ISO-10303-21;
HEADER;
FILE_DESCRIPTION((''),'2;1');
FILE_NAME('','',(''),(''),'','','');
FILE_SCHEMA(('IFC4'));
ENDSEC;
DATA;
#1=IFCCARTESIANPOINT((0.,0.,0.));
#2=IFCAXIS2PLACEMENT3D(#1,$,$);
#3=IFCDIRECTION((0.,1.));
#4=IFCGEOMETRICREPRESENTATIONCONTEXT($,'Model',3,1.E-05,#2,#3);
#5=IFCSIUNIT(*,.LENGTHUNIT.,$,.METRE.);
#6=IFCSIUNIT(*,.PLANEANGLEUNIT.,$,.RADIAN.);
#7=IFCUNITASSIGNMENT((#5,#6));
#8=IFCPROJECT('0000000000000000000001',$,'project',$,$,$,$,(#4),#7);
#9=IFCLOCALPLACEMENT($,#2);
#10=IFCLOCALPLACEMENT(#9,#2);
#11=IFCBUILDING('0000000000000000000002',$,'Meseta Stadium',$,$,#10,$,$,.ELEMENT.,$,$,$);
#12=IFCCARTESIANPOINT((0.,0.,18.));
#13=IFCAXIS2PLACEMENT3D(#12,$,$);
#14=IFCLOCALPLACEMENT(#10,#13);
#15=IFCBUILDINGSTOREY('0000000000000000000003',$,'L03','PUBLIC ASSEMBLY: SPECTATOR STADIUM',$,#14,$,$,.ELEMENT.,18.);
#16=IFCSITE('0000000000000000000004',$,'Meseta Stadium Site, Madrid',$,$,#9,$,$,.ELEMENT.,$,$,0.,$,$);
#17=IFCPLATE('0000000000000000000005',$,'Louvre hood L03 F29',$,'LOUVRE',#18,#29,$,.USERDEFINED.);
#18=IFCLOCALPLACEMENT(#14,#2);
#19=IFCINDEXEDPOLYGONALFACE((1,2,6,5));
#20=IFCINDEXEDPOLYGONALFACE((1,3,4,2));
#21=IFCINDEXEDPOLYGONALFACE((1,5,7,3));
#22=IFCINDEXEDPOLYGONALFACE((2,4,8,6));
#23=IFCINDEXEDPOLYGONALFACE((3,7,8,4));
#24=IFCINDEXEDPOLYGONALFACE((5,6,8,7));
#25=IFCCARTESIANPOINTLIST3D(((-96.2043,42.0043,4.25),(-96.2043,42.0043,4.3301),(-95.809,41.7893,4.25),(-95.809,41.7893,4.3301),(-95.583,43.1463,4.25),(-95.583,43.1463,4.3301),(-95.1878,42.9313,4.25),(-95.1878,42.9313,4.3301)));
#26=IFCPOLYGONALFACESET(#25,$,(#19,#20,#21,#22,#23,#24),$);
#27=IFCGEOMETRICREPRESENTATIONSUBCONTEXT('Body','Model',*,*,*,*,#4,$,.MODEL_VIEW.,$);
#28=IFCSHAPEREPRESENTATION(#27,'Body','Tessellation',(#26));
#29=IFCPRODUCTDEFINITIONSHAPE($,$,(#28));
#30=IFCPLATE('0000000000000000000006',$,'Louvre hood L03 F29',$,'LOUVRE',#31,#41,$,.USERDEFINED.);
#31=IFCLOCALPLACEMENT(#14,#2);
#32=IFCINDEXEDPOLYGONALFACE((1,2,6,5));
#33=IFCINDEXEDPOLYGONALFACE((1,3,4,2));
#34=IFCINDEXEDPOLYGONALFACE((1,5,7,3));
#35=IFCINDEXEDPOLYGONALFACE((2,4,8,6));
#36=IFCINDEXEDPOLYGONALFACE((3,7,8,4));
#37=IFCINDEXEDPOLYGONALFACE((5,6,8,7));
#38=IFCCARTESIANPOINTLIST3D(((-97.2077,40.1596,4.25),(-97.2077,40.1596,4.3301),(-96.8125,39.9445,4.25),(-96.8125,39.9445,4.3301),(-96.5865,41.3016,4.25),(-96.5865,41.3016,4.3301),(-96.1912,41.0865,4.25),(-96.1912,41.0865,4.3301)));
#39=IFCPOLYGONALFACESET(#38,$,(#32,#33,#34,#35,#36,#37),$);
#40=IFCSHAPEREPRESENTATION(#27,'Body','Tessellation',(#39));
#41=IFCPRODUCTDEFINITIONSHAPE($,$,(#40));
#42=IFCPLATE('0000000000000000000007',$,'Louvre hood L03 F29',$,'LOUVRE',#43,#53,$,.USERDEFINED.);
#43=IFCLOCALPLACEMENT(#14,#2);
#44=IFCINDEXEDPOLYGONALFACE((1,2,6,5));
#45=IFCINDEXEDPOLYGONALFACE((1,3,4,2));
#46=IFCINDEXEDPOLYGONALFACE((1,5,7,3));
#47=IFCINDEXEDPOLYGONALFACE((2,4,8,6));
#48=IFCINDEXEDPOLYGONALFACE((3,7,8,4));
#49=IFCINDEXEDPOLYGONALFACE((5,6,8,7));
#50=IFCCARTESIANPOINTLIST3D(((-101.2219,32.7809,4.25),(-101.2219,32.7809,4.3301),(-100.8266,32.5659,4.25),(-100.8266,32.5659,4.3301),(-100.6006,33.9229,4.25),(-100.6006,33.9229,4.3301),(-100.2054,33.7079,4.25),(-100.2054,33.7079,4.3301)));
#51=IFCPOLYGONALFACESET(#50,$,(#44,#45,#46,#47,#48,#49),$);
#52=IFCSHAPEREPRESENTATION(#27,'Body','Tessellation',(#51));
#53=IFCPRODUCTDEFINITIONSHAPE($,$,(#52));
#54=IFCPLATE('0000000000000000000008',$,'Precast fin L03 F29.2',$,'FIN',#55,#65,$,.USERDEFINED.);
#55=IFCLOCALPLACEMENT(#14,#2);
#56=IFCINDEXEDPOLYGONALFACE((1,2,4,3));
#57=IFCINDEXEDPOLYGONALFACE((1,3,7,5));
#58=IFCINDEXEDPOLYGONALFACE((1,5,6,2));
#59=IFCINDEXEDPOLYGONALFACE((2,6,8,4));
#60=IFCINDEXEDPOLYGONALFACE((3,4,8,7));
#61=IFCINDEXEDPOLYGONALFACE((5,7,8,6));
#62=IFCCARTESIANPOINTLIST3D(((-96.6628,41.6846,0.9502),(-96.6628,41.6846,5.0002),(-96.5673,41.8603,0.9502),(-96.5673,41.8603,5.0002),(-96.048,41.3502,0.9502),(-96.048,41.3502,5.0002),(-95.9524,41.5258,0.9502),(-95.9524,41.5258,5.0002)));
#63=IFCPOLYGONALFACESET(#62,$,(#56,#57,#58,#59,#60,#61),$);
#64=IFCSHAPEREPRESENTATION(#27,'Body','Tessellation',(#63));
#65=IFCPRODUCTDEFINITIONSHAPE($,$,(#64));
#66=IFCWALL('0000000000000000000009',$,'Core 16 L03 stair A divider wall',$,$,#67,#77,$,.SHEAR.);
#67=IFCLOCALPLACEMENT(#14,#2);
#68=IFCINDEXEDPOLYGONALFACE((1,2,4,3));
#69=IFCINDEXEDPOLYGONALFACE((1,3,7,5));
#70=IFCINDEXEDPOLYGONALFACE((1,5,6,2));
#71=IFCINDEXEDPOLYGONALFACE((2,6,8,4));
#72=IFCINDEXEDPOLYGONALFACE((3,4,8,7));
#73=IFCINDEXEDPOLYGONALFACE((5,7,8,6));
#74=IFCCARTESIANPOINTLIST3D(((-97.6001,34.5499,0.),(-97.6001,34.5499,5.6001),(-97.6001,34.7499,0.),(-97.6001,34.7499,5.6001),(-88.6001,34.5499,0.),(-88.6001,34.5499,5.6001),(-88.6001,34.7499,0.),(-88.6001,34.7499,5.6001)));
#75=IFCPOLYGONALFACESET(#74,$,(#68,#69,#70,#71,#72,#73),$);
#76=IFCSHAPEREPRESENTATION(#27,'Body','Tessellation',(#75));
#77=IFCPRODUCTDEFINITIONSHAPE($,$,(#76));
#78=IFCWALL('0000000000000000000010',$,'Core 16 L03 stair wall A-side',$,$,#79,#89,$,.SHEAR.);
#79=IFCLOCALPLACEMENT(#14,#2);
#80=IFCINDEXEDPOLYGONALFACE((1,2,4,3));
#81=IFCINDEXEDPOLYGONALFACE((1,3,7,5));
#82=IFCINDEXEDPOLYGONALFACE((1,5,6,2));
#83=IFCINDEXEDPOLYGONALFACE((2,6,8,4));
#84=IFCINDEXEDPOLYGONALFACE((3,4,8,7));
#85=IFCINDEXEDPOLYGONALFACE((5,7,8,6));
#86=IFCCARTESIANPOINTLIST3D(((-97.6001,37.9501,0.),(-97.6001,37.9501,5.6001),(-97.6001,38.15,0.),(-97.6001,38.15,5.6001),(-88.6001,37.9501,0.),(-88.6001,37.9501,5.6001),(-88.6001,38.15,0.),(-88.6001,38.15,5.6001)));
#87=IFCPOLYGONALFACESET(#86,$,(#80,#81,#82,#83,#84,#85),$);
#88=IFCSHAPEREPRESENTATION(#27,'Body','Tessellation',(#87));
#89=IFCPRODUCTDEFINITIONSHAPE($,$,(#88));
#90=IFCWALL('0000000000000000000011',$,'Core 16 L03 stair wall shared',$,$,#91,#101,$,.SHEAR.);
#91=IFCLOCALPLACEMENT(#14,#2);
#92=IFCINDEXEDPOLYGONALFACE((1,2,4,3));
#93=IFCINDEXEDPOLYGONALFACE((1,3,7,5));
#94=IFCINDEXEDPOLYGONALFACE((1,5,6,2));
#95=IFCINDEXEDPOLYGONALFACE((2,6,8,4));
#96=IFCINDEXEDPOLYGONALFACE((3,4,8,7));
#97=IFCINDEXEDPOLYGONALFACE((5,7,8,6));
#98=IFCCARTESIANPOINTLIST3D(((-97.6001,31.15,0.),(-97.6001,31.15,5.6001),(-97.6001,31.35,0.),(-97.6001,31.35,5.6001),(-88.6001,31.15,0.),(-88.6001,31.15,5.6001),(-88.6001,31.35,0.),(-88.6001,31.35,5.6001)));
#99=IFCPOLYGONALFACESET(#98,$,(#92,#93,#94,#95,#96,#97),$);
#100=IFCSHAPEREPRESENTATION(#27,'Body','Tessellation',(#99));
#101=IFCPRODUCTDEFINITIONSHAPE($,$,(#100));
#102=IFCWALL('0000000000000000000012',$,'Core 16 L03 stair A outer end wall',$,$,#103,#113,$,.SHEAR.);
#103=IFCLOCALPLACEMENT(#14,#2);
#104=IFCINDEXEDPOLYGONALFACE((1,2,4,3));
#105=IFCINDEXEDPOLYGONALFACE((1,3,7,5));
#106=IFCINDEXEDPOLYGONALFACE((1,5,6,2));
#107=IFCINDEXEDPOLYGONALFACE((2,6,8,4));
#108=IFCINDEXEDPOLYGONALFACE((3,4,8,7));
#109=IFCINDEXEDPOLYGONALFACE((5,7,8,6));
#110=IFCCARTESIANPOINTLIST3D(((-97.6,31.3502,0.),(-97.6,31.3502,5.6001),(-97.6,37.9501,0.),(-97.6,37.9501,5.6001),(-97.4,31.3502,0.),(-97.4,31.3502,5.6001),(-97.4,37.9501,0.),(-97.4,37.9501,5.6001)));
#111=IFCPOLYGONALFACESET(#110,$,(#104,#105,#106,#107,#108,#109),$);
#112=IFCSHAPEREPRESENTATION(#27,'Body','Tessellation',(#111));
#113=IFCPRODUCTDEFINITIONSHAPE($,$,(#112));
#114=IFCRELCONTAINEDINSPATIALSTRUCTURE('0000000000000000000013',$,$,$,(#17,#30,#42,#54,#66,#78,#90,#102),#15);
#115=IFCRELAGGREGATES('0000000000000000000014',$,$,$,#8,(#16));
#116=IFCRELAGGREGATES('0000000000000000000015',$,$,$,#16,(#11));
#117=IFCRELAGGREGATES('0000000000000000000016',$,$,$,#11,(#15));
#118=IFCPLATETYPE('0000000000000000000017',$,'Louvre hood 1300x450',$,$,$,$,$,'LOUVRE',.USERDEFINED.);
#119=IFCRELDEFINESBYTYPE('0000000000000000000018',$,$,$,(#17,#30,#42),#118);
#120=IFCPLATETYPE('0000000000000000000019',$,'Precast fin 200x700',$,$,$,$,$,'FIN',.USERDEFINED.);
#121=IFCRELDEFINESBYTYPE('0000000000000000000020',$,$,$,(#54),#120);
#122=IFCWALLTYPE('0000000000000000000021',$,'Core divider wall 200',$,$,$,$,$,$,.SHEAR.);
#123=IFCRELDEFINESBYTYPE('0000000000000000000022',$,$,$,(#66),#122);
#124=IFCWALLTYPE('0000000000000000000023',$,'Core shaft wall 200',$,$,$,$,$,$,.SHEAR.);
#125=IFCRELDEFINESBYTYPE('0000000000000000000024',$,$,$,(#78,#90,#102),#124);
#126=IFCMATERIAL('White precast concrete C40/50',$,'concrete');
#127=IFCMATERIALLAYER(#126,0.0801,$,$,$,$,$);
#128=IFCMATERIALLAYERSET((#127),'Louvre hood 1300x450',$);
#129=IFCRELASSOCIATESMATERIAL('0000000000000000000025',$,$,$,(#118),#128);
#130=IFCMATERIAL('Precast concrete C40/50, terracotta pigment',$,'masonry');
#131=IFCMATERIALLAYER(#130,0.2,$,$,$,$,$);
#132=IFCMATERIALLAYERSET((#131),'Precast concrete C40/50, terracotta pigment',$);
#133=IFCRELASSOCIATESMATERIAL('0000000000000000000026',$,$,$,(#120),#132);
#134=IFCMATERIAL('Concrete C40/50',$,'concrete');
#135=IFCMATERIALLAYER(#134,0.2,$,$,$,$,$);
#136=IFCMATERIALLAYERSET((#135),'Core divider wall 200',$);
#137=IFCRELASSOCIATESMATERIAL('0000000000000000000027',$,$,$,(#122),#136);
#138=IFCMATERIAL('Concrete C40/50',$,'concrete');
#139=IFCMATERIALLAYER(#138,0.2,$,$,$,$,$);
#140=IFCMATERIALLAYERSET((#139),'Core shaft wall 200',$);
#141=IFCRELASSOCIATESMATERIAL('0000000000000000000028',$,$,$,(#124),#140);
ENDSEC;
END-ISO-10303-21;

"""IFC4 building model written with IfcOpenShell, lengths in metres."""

from ifc_helpers import new_model, si_unit, direction, frame, frame_2d, origin, origin_2d, place, context, subcontext, project, spatial, rectangle, extrude, material, layer, layer_set, type_object, element, save


model = new_model("IFC4")

# Units and contexts
model_context = context("Model", 3, precision=1e-05, world=origin(), true_north=direction((0.0, 1.0)))
body_context = subcontext(model_context, "Body", "Model", "MODEL_VIEW")
ifc_project = project(units=[si_unit("LENGTHUNIT", "METRE"), si_unit("PLANEANGLEUNIT", "RADIAN")], contexts=[model_context])

# Site, building, storey
site_placement = place(None, origin())
site = spatial("IfcSite", under=ifc_project, at=site_placement, Name="Meseta Stadium Site, Madrid", CompositionType="ELEMENT", RefElevation=0.0)
building_placement = place(site_placement, origin())
building = spatial("IfcBuilding", under=site, at=building_placement, Name="Meseta Stadium", CompositionType="ELEMENT")
storey_placement = place(building_placement, frame((0.0, 0.0, 18.0)))
storey = spatial("IfcBuildingStorey", under=building, at=storey_placement, Name="L03", Description="PUBLIC ASSEMBLY: SPECTATOR STADIUM", CompositionType="ELEMENT", Elevation=18.0)

# Plates
ifc_material_1 = material(Name="White precast concrete C40/50", Category="concrete")
ifc_layer_1 = layer(ifc_material_1, 0.0801)
ifc_layer_set_1 = layer_set([ifc_layer_1], Name="Louvre hood 1300x450")
plate_type_1 = type_object("IfcPlateType", Name="Louvre hood 1300x450", ElementType="LOUVRE", PredefinedType="USERDEFINED", material=ifc_layer_set_1)
for number, where, z_axis, x_axis, name in (
    (1, (-95.696, 42.4678, 4.25), (0.0, 0.0, 1.0), (-0.477867, -0.878432, 0.0), "Louvre hood L03 F29"),
    (2, (-96.6995, 40.623, 4.25), (0.0, 0.0, 1.0), (-0.477867, -0.878432, 0.0), "Louvre hood L03 F29"),
    (3, (-100.7136, 33.2444, 4.25), (0.0, 0.0, 1.0), (-0.477867, -0.878432, 0.0), "Louvre hood L03 F29"),
):
    element("IfcPlate", number, at=place(storey_placement, frame(where, z_axis=z_axis, x_axis=x_axis)), inside=storey, type_object=plate_type_1, Name=name, ObjectType="LOUVRE", PredefinedType="USERDEFINED", context=body_context, shape_type="SweptSolid", body=[
        extrude(rectangle(XDim=1.3, YDim=0.45, at=origin_2d()), origin(), (0.0, 0.0, 1.0), 0.0801),
    ])
ifc_material_2 = material(Name="Precast concrete C40/50, terracotta pigment", Category="masonry")
ifc_layer_2 = layer(ifc_material_2, 0.2)
ifc_layer_set_2 = layer_set([ifc_layer_2], Name="Precast concrete C40/50, terracotta pigment")
plate_type_2 = type_object("IfcPlateType", Name="Precast fin 200x700", ElementType="FIN", PredefinedType="USERDEFINED", material=ifc_layer_set_2)
plate_placement = place(storey_placement, frame((-96.3076, 41.6052, 0.9502), z_axis=(0.0, 0.0, 1.0), x_axis=(0.477867, 0.878432, 0.0)))
element("IfcPlate", 4, at=plate_placement, inside=storey, type_object=plate_type_2, Name="Precast fin L03 F29.2", ObjectType="FIN", PredefinedType="USERDEFINED", context=body_context, shape_type="SweptSolid", body=[
    extrude(rectangle(XDim=0.2, YDim=0.7, at=origin_2d()), origin(), (0.0, 0.0, 1.0), 4.05),
])

# Walls
ifc_material_3 = material(Name="Concrete C40/50", Category="concrete")
ifc_layer_3 = layer(ifc_material_3, 0.2)
ifc_layer_set_3 = layer_set([ifc_layer_3], Name="Core divider wall 200")
wall_type_1 = type_object("IfcWallType", Name="Core divider wall 200", PredefinedType="SHEAR", material=ifc_layer_set_3)
wall_1_placement = place(storey_placement, frame((-97.6001, 34.6499, 0.0), z_axis=(0.0, 0.0, 1.0), x_axis=(1.0, 0.0, 0.0)))
element("IfcWall", 5, at=wall_1_placement, inside=storey, type_object=wall_type_1, Name="Core 16 L03 stair A divider wall", PredefinedType="SHEAR", context=body_context, shape_type="SweptSolid", body=[
    extrude(rectangle(XDim=9.0, YDim=0.2, at=frame_2d((4.5, 0.0))), origin(), (0.0, 0.0, 1.0), 5.6001),
])
ifc_material_4 = material(Name="Concrete C40/50", Category="concrete")
ifc_layer_4 = layer(ifc_material_4, 0.2)
ifc_layer_set_4 = layer_set([ifc_layer_4], Name="Core shaft wall 200")
wall_type_2 = type_object("IfcWallType", Name="Core shaft wall 200", PredefinedType="SHEAR", material=ifc_layer_set_4)
for number, where, z_axis, x_axis, name in (
    (6, (-97.6001, 38.05, 0.0), (0.0, 0.0, 1.0), (1.0, 0.0, 0.0), "Core 16 L03 stair wall A-side"),
    (7, (-97.6001, 31.25, 0.0), (0.0, 0.0, 1.0), (1.0, 0.0, 0.0), "Core 16 L03 stair wall shared"),
):
    element("IfcWall", number, at=place(storey_placement, frame(where, z_axis=z_axis, x_axis=x_axis)), inside=storey, type_object=wall_type_2, Name=name, PredefinedType="SHEAR", context=body_context, shape_type="SweptSolid", body=[
        extrude(rectangle(XDim=9.0, YDim=0.2, at=frame_2d((4.5, 0.0))), origin(), (0.0, 0.0, 1.0), 5.6001),
    ])
wall_2_placement = place(storey_placement, frame((-97.5, 37.95, 0.0), z_axis=(0.0, 0.0, 1.0), x_axis=(0.0, -1.0, 0.0)))
element("IfcWall", 8, at=wall_2_placement, inside=storey, type_object=wall_type_2, Name="Core 16 L03 stair A outer end wall", PredefinedType="SHEAR", context=body_context, shape_type="SweptSolid", body=[
    extrude(rectangle(XDim=6.5999, YDim=0.2, at=frame_2d((3.2998, 0.0))), origin(), (0.0, 0.0, 1.0), 5.6001),
])

save(model, "model.ifc")
